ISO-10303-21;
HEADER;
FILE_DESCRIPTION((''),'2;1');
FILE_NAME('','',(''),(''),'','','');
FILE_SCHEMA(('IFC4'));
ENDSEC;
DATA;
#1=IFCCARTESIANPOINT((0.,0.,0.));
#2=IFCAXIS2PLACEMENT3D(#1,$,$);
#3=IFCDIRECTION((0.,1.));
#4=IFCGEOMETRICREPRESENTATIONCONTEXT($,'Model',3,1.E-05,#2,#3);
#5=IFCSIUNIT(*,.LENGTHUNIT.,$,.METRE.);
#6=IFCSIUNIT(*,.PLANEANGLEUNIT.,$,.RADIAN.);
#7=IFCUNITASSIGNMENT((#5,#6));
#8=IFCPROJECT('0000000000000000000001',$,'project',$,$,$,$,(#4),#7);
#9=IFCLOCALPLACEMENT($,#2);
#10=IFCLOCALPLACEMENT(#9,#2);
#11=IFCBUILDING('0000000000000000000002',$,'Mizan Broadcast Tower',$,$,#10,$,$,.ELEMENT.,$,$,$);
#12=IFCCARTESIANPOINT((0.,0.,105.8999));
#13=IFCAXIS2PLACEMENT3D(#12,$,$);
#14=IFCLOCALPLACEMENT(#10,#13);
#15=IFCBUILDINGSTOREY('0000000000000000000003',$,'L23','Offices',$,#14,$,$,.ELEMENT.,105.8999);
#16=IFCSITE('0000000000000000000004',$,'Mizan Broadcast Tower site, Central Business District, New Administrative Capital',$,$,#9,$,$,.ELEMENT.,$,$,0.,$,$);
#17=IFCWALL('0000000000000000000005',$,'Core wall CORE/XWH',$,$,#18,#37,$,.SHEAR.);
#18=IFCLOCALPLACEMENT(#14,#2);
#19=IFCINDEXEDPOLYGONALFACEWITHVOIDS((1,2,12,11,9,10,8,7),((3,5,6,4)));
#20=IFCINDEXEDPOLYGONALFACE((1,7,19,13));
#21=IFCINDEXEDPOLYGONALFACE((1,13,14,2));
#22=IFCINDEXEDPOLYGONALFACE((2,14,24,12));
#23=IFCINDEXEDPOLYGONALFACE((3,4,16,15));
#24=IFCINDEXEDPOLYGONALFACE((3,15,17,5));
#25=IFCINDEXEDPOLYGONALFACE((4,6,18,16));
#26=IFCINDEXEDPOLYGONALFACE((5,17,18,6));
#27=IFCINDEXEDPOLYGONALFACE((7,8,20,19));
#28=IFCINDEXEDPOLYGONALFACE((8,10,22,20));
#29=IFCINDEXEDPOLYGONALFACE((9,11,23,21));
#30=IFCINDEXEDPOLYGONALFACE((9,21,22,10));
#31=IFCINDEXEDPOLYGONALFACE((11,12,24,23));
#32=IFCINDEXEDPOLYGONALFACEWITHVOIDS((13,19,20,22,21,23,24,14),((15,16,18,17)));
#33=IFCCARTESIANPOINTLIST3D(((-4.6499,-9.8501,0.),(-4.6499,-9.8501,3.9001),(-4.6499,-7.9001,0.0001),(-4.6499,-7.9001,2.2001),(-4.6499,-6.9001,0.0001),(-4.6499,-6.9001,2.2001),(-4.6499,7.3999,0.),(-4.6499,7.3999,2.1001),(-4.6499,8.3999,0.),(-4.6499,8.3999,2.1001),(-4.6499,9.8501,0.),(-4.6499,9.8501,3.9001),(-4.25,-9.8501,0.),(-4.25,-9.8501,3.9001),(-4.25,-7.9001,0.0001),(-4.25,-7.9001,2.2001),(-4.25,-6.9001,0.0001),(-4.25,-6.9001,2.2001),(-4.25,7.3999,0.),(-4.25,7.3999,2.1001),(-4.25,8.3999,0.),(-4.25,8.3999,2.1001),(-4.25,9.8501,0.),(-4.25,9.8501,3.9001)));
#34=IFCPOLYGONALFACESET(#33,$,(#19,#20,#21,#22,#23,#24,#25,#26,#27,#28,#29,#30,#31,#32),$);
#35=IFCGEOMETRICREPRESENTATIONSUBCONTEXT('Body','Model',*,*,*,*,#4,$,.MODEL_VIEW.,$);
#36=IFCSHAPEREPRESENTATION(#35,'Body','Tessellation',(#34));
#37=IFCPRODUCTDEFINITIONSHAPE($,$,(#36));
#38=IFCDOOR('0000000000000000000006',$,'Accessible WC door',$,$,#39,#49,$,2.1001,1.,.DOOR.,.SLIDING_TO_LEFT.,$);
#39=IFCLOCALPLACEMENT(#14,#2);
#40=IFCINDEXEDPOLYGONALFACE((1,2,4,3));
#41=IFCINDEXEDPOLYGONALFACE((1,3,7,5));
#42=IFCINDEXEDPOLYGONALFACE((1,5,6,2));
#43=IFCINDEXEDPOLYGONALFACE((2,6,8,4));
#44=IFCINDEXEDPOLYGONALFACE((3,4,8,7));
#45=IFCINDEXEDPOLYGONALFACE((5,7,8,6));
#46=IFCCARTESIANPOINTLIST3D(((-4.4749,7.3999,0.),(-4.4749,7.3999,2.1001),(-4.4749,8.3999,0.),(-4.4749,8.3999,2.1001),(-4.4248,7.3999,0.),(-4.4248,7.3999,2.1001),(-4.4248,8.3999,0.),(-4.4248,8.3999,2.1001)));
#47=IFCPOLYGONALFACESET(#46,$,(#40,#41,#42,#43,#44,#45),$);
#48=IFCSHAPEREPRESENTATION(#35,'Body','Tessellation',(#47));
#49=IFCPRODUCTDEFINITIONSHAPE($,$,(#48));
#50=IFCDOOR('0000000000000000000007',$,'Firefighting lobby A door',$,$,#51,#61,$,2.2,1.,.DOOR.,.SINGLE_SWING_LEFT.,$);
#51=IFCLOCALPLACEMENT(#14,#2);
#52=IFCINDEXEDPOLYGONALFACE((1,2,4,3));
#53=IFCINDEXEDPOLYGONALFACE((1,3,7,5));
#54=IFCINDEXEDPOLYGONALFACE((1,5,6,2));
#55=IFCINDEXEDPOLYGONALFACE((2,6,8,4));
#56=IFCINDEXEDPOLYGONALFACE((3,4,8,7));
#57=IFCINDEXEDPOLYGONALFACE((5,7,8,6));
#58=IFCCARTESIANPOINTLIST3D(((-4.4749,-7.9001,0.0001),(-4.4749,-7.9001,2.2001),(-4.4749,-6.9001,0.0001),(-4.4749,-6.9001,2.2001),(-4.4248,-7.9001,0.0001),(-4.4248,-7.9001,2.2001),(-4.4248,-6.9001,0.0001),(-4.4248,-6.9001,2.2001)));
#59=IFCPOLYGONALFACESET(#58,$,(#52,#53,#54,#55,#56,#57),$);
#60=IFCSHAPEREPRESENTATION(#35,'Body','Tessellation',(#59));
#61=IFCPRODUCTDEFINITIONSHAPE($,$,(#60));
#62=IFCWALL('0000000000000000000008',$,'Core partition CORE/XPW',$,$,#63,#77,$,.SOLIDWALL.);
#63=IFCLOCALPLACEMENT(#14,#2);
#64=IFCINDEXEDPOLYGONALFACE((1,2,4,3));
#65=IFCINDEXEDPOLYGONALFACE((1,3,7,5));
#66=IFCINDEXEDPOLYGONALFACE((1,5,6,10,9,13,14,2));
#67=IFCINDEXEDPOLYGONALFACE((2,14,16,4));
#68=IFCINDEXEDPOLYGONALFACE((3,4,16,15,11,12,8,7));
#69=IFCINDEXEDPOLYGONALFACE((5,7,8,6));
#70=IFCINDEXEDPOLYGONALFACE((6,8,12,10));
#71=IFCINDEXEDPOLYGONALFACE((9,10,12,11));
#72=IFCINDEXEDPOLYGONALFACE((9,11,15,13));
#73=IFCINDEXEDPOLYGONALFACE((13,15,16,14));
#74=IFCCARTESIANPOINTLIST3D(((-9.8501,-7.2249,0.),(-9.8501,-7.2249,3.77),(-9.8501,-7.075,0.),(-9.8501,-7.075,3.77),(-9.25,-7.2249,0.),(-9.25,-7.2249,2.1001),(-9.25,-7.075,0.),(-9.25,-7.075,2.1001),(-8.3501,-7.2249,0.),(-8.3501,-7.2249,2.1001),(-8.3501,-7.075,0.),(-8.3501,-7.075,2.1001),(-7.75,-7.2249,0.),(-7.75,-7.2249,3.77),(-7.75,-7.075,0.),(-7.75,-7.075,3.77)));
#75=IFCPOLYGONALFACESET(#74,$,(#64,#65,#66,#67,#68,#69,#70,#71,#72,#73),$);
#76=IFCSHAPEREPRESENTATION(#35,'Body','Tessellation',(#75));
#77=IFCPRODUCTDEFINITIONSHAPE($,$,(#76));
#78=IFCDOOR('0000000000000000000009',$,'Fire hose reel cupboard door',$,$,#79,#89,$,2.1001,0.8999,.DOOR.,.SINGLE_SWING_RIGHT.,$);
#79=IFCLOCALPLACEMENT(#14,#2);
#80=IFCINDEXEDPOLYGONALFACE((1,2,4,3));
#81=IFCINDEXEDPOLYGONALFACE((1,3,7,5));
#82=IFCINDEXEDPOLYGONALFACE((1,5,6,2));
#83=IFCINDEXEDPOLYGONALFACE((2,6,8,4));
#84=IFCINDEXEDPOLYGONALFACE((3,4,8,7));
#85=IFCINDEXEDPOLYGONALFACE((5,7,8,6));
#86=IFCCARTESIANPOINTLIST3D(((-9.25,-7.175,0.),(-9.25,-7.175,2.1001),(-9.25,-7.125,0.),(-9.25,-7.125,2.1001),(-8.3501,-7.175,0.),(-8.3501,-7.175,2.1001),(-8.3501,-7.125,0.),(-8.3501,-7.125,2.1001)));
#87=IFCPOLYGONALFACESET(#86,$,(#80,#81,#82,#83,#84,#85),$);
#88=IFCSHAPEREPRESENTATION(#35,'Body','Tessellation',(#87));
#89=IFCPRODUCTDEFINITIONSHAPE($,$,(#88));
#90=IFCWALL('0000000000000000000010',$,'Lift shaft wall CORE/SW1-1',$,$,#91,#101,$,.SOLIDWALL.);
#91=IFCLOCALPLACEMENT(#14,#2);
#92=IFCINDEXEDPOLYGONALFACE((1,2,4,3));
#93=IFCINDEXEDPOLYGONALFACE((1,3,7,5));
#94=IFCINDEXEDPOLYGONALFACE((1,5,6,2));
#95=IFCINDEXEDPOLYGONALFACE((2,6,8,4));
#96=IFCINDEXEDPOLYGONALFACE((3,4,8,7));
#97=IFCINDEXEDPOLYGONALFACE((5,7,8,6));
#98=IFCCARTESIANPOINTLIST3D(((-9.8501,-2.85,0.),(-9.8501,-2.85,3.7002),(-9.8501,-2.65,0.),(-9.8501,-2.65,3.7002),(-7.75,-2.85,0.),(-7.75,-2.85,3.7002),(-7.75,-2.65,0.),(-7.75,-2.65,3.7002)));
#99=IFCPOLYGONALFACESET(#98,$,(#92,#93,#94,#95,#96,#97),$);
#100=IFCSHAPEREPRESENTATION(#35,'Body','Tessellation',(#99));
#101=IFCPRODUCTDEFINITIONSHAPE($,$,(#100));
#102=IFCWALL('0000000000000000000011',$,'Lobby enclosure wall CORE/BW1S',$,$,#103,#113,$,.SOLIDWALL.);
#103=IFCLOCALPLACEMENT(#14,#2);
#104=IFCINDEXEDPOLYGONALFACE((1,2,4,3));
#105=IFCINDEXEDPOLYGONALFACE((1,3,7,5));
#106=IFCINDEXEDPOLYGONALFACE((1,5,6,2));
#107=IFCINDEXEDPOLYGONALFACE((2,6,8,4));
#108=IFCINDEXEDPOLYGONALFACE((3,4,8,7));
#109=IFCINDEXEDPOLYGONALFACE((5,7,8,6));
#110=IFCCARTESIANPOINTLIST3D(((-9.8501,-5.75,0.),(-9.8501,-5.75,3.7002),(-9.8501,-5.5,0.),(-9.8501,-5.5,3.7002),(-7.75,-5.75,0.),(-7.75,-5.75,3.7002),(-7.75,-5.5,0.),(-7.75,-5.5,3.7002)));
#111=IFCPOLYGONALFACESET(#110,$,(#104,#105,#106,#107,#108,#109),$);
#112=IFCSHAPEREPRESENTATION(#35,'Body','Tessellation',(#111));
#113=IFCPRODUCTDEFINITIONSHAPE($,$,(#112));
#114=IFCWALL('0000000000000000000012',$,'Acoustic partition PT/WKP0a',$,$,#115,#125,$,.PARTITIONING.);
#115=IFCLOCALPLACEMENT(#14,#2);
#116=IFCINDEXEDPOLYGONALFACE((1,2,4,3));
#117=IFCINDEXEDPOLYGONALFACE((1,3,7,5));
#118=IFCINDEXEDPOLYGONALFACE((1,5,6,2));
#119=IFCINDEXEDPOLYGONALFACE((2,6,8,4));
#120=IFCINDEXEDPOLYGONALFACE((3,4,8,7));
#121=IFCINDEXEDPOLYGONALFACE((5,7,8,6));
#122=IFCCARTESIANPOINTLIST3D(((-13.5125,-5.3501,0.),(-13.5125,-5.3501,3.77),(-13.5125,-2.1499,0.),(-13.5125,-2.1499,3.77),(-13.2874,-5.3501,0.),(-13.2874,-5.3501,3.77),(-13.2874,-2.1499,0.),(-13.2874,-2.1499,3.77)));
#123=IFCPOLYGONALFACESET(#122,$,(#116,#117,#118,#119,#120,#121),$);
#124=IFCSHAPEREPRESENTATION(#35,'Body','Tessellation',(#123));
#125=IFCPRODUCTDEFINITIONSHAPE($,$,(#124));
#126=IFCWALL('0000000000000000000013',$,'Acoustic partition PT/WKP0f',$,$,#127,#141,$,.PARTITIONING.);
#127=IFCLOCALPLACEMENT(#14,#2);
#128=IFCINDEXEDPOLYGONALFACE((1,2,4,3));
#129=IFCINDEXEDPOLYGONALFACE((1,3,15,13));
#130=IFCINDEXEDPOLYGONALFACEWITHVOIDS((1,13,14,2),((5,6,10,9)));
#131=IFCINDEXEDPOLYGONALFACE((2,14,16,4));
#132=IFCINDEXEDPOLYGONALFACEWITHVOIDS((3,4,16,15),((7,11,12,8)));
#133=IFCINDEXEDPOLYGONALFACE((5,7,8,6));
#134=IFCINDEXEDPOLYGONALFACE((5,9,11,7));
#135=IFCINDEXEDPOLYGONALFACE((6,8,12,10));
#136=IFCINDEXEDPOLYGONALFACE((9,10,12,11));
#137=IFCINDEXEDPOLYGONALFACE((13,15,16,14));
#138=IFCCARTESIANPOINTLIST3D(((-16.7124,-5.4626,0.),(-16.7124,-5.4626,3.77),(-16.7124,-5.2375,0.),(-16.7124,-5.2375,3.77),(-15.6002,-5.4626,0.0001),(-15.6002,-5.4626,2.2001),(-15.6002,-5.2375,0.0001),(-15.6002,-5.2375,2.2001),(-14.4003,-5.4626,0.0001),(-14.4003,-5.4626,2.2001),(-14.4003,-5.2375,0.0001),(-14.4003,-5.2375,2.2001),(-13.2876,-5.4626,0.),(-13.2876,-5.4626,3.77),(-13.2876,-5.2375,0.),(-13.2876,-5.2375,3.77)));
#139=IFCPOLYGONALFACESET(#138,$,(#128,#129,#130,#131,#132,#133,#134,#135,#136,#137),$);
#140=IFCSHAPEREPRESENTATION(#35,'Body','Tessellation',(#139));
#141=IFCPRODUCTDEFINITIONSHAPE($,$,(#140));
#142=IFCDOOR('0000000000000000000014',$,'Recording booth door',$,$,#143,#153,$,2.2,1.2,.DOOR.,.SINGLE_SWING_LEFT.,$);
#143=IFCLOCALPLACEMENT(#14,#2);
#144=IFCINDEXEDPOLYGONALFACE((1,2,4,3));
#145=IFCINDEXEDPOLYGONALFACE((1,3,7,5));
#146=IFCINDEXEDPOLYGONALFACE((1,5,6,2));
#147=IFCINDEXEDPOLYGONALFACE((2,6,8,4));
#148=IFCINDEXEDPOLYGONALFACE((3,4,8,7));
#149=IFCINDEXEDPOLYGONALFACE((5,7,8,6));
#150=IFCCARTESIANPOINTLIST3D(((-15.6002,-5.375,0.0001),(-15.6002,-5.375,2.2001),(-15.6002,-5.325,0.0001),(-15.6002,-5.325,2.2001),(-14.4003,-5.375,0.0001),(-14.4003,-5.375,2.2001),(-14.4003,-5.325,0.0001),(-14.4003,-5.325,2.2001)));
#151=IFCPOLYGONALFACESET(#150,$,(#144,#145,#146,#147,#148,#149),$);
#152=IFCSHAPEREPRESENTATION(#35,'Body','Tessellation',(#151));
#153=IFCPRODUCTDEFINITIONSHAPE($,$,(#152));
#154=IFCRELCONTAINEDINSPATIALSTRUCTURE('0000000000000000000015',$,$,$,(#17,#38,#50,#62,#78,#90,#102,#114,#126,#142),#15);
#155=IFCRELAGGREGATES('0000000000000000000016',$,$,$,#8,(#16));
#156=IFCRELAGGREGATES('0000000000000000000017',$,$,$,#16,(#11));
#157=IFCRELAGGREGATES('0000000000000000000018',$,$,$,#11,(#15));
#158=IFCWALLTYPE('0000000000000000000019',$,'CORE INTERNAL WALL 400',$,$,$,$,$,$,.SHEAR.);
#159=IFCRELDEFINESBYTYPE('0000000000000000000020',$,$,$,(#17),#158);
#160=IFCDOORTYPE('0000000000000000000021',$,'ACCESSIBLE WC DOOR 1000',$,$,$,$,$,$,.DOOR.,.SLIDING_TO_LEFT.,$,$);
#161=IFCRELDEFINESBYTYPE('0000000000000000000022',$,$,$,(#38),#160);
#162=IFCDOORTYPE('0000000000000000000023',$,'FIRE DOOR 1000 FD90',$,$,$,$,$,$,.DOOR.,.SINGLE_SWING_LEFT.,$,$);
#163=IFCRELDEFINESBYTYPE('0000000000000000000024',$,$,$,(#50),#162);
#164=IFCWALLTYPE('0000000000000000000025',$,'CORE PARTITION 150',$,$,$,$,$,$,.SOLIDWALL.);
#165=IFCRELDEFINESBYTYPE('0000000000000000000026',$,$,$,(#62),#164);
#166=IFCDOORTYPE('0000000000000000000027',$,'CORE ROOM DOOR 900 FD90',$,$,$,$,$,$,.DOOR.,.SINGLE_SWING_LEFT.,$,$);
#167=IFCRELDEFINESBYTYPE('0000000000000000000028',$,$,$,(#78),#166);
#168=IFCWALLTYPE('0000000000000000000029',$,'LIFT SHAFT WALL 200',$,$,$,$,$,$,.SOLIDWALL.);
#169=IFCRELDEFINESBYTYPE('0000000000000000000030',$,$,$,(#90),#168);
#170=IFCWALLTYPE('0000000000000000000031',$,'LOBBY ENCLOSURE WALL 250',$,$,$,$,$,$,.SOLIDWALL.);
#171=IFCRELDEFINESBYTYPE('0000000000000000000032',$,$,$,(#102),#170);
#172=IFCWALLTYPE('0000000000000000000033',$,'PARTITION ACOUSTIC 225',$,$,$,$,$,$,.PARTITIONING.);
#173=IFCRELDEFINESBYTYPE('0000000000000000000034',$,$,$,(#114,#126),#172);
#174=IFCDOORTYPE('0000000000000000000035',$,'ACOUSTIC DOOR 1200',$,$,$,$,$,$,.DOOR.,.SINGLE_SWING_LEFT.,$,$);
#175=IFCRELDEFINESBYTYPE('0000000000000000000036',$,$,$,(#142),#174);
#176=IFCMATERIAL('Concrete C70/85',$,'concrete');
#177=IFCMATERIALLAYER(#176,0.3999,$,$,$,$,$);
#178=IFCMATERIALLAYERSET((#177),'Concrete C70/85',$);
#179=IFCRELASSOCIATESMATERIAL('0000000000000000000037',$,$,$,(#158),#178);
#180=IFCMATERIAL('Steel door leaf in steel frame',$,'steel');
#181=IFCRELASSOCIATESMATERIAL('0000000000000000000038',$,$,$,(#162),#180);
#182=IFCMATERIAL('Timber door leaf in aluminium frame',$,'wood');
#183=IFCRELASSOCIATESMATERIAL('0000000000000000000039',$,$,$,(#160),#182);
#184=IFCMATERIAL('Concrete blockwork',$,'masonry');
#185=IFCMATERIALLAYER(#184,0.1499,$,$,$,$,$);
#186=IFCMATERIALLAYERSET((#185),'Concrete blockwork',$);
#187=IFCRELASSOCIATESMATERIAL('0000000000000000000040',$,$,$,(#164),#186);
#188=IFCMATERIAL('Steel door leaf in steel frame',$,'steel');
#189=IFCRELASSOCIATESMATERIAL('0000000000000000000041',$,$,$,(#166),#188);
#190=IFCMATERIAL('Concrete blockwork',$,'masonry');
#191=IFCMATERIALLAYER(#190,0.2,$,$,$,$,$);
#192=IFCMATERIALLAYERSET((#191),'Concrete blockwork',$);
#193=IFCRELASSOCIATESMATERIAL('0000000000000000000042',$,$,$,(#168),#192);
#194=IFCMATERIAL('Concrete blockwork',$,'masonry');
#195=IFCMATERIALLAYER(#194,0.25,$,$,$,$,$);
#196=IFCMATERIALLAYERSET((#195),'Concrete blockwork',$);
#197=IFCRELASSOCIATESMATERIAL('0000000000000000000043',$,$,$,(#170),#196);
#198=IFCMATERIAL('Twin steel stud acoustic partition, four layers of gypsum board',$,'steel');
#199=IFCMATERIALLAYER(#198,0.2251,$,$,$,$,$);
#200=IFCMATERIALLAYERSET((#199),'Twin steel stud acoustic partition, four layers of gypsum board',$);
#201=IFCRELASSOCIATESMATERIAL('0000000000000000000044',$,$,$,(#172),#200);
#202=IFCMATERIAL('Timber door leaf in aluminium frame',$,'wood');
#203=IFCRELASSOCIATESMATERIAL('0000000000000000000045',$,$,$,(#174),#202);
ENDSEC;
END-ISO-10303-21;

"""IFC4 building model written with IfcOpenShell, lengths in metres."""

from ifc_helpers import new_model, si_unit, direction, frame, frame_2d, origin, place, context, subcontext, project, spatial, rectangle, extrude, material, layer, layer_set, type_object, element, fill, save


model = new_model("IFC4")

# Units and contexts
model_context = context("Model", 3, precision=1e-05, world=origin(), true_north=direction((0.0, 1.0)))
body_context = subcontext(model_context, "Body", "Model", "MODEL_VIEW")
ifc_project = project(units=[si_unit("LENGTHUNIT", "METRE"), si_unit("PLANEANGLEUNIT", "RADIAN")], contexts=[model_context])

# Site, building, storey
site_placement = place(None, origin())
site = spatial("IfcSite", under=ifc_project, at=site_placement, Name="Mizan Broadcast Tower site, Central Business District, New Administrative Capital", CompositionType="ELEMENT", RefElevation=0.0)
building_placement = place(site_placement, origin())
building = spatial("IfcBuilding", under=site, at=building_placement, Name="Mizan Broadcast Tower", CompositionType="ELEMENT")
storey_placement = place(building_placement, frame((0.0, 0.0, 105.8999)))
storey = spatial("IfcBuildingStorey", under=building, at=storey_placement, Name="L23", Description="Offices", CompositionType="ELEMENT", Elevation=105.8999)

# Wall, openings, doors
ifc_material_1 = material(Name="Concrete C70/85", Category="concrete")
ifc_layer_1 = layer(ifc_material_1, 0.3999)
ifc_layer_set_1 = layer_set([ifc_layer_1], Name="Concrete C70/85")
wall_type_1 = type_object("IfcWallType", Name="CORE INTERNAL WALL 400", PredefinedType="SHEAR", material=ifc_layer_set_1)
ifc_material_2 = material(Name="Steel door leaf in steel frame", Category="steel")
door_type_1 = type_object("IfcDoorType", Name="FIRE DOOR 1000 FD90", OperationType="SINGLE_SWING_LEFT", PredefinedType="DOOR", material=ifc_material_2)
wall_1_placement = place(storey_placement, frame((-4.45, -9.8501, 0.0), z_axis=(0.0, 0.0, 1.0), x_axis=(0.0, 1.0, 0.0)))
wall_1 = element("IfcWall", 1, at=wall_1_placement, inside=storey, type_object=wall_type_1, Name="Core wall CORE/XWH", PredefinedType="SHEAR", context=body_context, shape_type="SweptSolid", body=[
    extrude(rectangle(XDim=19.7002, YDim=0.3999, at=frame_2d((9.8501, 0.0))), origin(), (0.0, 0.0, 1.0), 3.9001),
])
opening_1_placement = place(wall_1_placement, frame((1.95, 0.0, 0.0)))
opening_1 = element("IfcOpeningElement", 2, at=opening_1_placement, cuts=wall_1, PredefinedType="OPENING", context=body_context, shape_type="SweptSolid", body=[
    extrude(rectangle(XDim=1.0, YDim=2.2, at=frame_2d((0.5, 1.1001))), frame((0.0, 0.21, 0.0), z_axis=(0.0, -1.0, 0.0), x_axis=(1.0, 0.0, 0.0)), (0.0, 0.0, 1.0), 0.4199),
])
opening_2_placement = place(wall_1_placement, frame((17.25, 0.0, 0.0)))
opening_2 = element("IfcOpeningElement", 3, at=opening_2_placement, cuts=wall_1, PredefinedType="OPENING", context=body_context, shape_type="SweptSolid", body=[
    extrude(rectangle(XDim=1.0, YDim=2.1001, at=frame_2d((0.5, 1.05))), frame((0.0, 0.21, 0.0), z_axis=(0.0, -1.0, 0.0), x_axis=(1.0, 0.0, 0.0)), (0.0, 0.0, 1.0), 0.4199),
])
ifc_material_3 = material(Name="Timber door leaf in aluminium frame", Category="wood")
door_type_2 = type_object("IfcDoorType", Name="ACCESSIBLE WC DOOR 1000", OperationType="SLIDING_TO_LEFT", PredefinedType="DOOR", material=ifc_material_3)
door_1_placement = place(opening_2_placement, origin())
door_1 = element("IfcDoor", 4, at=door_1_placement, inside=storey, type_object=door_type_2, Name="Accessible WC door", OperationType="SLIDING_TO_LEFT", OverallHeight=2.1001, OverallWidth=1.0, PredefinedType="DOOR", context=body_context, shape_type="SweptSolid", body=[
    extrude(rectangle(XDim=1.0, YDim=2.1001, at=frame_2d((0.5, 1.05))), frame((0.0, 0.0249, 0.0), z_axis=(0.0, -1.0, 0.0), x_axis=(1.0, 0.0, 0.0)), (0.0, 0.0, 1.0), 0.05),
])
fill(opening_2, door_1)
door_2_placement = place(opening_1_placement, origin())
door_2 = element("IfcDoor", 5, at=door_2_placement, inside=storey, type_object=door_type_1, Name="Firefighting lobby A door", OperationType="SINGLE_SWING_LEFT", OverallHeight=2.2, OverallWidth=1.0, PredefinedType="DOOR", context=body_context, shape_type="SweptSolid", body=[
    extrude(rectangle(XDim=1.0, YDim=2.2, at=frame_2d((0.5, 1.1001))), frame((0.0, 0.0249, 0.0), z_axis=(0.0, -1.0, 0.0), x_axis=(1.0, 0.0, 0.0)), (0.0, 0.0, 1.0), 0.05),
])
fill(opening_1, door_2)

# Wall, opening, door
ifc_material_4 = material(Name="Concrete blockwork", Category="masonry")
ifc_layer_2 = layer(ifc_material_4, 0.1499)
ifc_layer_set_2 = layer_set([ifc_layer_2], Name="Concrete blockwork")
wall_type_2 = type_object("IfcWallType", Name="CORE PARTITION 150", PredefinedType="SOLIDWALL", material=ifc_layer_set_2)
wall_2_placement = place(storey_placement, frame((-9.8501, -7.1499, 0.0), z_axis=(0.0, 0.0, 1.0), x_axis=(1.0, 0.0, 0.0)))
wall_2 = element("IfcWall", 6, at=wall_2_placement, inside=storey, type_object=wall_type_2, Name="Core partition CORE/XPW", PredefinedType="SOLIDWALL", context=body_context, shape_type="SweptSolid", body=[
    extrude(rectangle(XDim=2.1001, YDim=0.1499, at=frame_2d((1.05, 0.0))), origin(), (0.0, 0.0, 1.0), 3.77),
])
opening_3_placement = place(wall_2_placement, frame((0.6001, 0.0, 0.0)))
opening_3 = element("IfcOpeningElement", 7, at=opening_3_placement, cuts=wall_2, PredefinedType="OPENING", context=body_context, shape_type="SweptSolid", body=[
    extrude(rectangle(XDim=0.8999, YDim=2.1001, at=frame_2d((0.45, 1.05))), frame((0.0, 0.085, 0.0), z_axis=(0.0, -1.0, 0.0), x_axis=(1.0, 0.0, 0.0)), (0.0, 0.0, 1.0), 0.1699),
])
ifc_material_5 = material(Name="Steel door leaf in steel frame", Category="steel")
door_type_3 = type_object("IfcDoorType", Name="CORE ROOM DOOR 900 FD90", OperationType="SINGLE_SWING_LEFT", PredefinedType="DOOR", material=ifc_material_5)
door_3_placement = place(opening_3_placement, origin())
door_3 = element("IfcDoor", 8, at=door_3_placement, inside=storey, type_object=door_type_3, Name="Fire hose reel cupboard door", OperationType="SINGLE_SWING_RIGHT", OverallHeight=2.1001, OverallWidth=0.8999, PredefinedType="DOOR", context=body_context, shape_type="SweptSolid", body=[
    extrude(rectangle(XDim=0.8999, YDim=2.1001, at=frame_2d((0.45, 1.05))), frame((0.0, 0.0249, 0.0), z_axis=(0.0, -1.0, 0.0), x_axis=(1.0, 0.0, 0.0)), (0.0, 0.0, 1.0), 0.05),
])
fill(opening_3, door_3)

# Walls
ifc_material_6 = material(Name="Concrete blockwork", Category="masonry")
ifc_layer_3 = layer(ifc_material_6, 0.2)
ifc_layer_set_3 = layer_set([ifc_layer_3], Name="Concrete blockwork")
wall_type_3 = type_object("IfcWallType", Name="LIFT SHAFT WALL 200", PredefinedType="SOLIDWALL", material=ifc_layer_set_3)
wall_3_placement = place(storey_placement, frame((-9.8501, -2.75, 0.0), z_axis=(0.0, 0.0, 1.0), x_axis=(1.0, 0.0, 0.0)))
element("IfcWall", 9, at=wall_3_placement, inside=storey, type_object=wall_type_3, Name="Lift shaft wall CORE/SW1-1", PredefinedType="SOLIDWALL", context=body_context, shape_type="SweptSolid", body=[
    extrude(rectangle(XDim=2.1001, YDim=0.2, at=frame_2d((1.05, 0.0))), origin(), (0.0, 0.0, 1.0), 3.7002),
])
ifc_material_7 = material(Name="Concrete blockwork", Category="masonry")
ifc_layer_4 = layer(ifc_material_7, 0.25)
ifc_layer_set_4 = layer_set([ifc_layer_4], Name="Concrete blockwork")
wall_type_4 = type_object("IfcWallType", Name="LOBBY ENCLOSURE WALL 250", PredefinedType="SOLIDWALL", material=ifc_layer_set_4)
wall_4_placement = place(storey_placement, frame((-9.8501, -5.625, 0.0), z_axis=(0.0, 0.0, 1.0), x_axis=(1.0, 0.0, 0.0)))
element("IfcWall", 10, at=wall_4_placement, inside=storey, type_object=wall_type_4, Name="Lobby enclosure wall CORE/BW1S", PredefinedType="SOLIDWALL", context=body_context, shape_type="SweptSolid", body=[
    extrude(rectangle(XDim=2.1001, YDim=0.25, at=frame_2d((1.05, 0.0))), origin(), (0.0, 0.0, 1.0), 3.7002),
])
ifc_material_8 = material(Name="Twin steel stud acoustic partition, four layers of gypsum board", Category="steel")
ifc_layer_5 = layer(ifc_material_8, 0.2251)
ifc_layer_set_5 = layer_set([ifc_layer_5], Name="Twin steel stud acoustic partition, four layers of gypsum board")
wall_type_5 = type_object("IfcWallType", Name="PARTITION ACOUSTIC 225", PredefinedType="PARTITIONING", material=ifc_layer_set_5)
wall_5_placement = place(storey_placement, frame((-13.3999, -2.1499, 0.0), z_axis=(0.0, 0.0, 1.0), x_axis=(0.0, -1.0, 0.0)))
element("IfcWall", 11, at=wall_5_placement, inside=storey, type_object=wall_type_5, Name="Acoustic partition PT/WKP0a", PredefinedType="PARTITIONING", context=body_context, shape_type="SweptSolid", body=[
    extrude(rectangle(XDim=3.2002, YDim=0.2251, at=frame_2d((1.6001, 0.0))), origin(), (0.0, 0.0, 1.0), 3.77),
])

# Wall, opening, door
wall_6_placement = place(storey_placement, frame((-13.2876, -5.3501, 0.0), z_axis=(0.0, 0.0, 1.0), x_axis=(-1.0, 0.0, 0.0)))
wall_6 = element("IfcWall", 12, at=wall_6_placement, inside=storey, type_object=wall_type_5, Name="Acoustic partition PT/WKP0f", PredefinedType="PARTITIONING", context=body_context, shape_type="SweptSolid", body=[
    extrude(rectangle(XDim=3.4248, YDim=0.2251, at=frame_2d((1.7124, 0.0))), origin(), (0.0, 0.0, 1.0), 3.77),
])
opening_4_placement = place(wall_6_placement, frame((1.1125, 0.0, 0.0)))
opening_4 = element("IfcOpeningElement", 13, at=opening_4_placement, cuts=wall_6, PredefinedType="OPENING", context=body_context, shape_type="SweptSolid", body=[
    extrude(rectangle(XDim=1.2, YDim=2.2, at=frame_2d((0.6001, 1.1001))), frame((0.0, 0.1226, 0.0), z_axis=(0.0, -1.0, 0.0), x_axis=(1.0, 0.0, 0.0)), (0.0, 0.0, 1.0), 0.2451),
])
ifc_material_9 = material(Name="Timber door leaf in aluminium frame", Category="wood")
door_type_4 = type_object("IfcDoorType", Name="ACOUSTIC DOOR 1200", OperationType="SINGLE_SWING_LEFT", PredefinedType="DOOR", material=ifc_material_9)
door_4_placement = place(opening_4_placement, origin())
door_4 = element("IfcDoor", 14, at=door_4_placement, inside=storey, type_object=door_type_4, Name="Recording booth door", OperationType="SINGLE_SWING_LEFT", OverallHeight=2.2, OverallWidth=1.2, PredefinedType="DOOR", context=body_context, shape_type="SweptSolid", body=[
    extrude(rectangle(XDim=1.2, YDim=2.2, at=frame_2d((0.6001, 1.1001))), frame((0.0, 0.0249, 0.0), z_axis=(0.0, -1.0, 0.0), x_axis=(1.0, 0.0, 0.0)), (0.0, 0.0, 1.0), 0.05),
])
fill(opening_4, door_4)

save(model, "model.ifc")
